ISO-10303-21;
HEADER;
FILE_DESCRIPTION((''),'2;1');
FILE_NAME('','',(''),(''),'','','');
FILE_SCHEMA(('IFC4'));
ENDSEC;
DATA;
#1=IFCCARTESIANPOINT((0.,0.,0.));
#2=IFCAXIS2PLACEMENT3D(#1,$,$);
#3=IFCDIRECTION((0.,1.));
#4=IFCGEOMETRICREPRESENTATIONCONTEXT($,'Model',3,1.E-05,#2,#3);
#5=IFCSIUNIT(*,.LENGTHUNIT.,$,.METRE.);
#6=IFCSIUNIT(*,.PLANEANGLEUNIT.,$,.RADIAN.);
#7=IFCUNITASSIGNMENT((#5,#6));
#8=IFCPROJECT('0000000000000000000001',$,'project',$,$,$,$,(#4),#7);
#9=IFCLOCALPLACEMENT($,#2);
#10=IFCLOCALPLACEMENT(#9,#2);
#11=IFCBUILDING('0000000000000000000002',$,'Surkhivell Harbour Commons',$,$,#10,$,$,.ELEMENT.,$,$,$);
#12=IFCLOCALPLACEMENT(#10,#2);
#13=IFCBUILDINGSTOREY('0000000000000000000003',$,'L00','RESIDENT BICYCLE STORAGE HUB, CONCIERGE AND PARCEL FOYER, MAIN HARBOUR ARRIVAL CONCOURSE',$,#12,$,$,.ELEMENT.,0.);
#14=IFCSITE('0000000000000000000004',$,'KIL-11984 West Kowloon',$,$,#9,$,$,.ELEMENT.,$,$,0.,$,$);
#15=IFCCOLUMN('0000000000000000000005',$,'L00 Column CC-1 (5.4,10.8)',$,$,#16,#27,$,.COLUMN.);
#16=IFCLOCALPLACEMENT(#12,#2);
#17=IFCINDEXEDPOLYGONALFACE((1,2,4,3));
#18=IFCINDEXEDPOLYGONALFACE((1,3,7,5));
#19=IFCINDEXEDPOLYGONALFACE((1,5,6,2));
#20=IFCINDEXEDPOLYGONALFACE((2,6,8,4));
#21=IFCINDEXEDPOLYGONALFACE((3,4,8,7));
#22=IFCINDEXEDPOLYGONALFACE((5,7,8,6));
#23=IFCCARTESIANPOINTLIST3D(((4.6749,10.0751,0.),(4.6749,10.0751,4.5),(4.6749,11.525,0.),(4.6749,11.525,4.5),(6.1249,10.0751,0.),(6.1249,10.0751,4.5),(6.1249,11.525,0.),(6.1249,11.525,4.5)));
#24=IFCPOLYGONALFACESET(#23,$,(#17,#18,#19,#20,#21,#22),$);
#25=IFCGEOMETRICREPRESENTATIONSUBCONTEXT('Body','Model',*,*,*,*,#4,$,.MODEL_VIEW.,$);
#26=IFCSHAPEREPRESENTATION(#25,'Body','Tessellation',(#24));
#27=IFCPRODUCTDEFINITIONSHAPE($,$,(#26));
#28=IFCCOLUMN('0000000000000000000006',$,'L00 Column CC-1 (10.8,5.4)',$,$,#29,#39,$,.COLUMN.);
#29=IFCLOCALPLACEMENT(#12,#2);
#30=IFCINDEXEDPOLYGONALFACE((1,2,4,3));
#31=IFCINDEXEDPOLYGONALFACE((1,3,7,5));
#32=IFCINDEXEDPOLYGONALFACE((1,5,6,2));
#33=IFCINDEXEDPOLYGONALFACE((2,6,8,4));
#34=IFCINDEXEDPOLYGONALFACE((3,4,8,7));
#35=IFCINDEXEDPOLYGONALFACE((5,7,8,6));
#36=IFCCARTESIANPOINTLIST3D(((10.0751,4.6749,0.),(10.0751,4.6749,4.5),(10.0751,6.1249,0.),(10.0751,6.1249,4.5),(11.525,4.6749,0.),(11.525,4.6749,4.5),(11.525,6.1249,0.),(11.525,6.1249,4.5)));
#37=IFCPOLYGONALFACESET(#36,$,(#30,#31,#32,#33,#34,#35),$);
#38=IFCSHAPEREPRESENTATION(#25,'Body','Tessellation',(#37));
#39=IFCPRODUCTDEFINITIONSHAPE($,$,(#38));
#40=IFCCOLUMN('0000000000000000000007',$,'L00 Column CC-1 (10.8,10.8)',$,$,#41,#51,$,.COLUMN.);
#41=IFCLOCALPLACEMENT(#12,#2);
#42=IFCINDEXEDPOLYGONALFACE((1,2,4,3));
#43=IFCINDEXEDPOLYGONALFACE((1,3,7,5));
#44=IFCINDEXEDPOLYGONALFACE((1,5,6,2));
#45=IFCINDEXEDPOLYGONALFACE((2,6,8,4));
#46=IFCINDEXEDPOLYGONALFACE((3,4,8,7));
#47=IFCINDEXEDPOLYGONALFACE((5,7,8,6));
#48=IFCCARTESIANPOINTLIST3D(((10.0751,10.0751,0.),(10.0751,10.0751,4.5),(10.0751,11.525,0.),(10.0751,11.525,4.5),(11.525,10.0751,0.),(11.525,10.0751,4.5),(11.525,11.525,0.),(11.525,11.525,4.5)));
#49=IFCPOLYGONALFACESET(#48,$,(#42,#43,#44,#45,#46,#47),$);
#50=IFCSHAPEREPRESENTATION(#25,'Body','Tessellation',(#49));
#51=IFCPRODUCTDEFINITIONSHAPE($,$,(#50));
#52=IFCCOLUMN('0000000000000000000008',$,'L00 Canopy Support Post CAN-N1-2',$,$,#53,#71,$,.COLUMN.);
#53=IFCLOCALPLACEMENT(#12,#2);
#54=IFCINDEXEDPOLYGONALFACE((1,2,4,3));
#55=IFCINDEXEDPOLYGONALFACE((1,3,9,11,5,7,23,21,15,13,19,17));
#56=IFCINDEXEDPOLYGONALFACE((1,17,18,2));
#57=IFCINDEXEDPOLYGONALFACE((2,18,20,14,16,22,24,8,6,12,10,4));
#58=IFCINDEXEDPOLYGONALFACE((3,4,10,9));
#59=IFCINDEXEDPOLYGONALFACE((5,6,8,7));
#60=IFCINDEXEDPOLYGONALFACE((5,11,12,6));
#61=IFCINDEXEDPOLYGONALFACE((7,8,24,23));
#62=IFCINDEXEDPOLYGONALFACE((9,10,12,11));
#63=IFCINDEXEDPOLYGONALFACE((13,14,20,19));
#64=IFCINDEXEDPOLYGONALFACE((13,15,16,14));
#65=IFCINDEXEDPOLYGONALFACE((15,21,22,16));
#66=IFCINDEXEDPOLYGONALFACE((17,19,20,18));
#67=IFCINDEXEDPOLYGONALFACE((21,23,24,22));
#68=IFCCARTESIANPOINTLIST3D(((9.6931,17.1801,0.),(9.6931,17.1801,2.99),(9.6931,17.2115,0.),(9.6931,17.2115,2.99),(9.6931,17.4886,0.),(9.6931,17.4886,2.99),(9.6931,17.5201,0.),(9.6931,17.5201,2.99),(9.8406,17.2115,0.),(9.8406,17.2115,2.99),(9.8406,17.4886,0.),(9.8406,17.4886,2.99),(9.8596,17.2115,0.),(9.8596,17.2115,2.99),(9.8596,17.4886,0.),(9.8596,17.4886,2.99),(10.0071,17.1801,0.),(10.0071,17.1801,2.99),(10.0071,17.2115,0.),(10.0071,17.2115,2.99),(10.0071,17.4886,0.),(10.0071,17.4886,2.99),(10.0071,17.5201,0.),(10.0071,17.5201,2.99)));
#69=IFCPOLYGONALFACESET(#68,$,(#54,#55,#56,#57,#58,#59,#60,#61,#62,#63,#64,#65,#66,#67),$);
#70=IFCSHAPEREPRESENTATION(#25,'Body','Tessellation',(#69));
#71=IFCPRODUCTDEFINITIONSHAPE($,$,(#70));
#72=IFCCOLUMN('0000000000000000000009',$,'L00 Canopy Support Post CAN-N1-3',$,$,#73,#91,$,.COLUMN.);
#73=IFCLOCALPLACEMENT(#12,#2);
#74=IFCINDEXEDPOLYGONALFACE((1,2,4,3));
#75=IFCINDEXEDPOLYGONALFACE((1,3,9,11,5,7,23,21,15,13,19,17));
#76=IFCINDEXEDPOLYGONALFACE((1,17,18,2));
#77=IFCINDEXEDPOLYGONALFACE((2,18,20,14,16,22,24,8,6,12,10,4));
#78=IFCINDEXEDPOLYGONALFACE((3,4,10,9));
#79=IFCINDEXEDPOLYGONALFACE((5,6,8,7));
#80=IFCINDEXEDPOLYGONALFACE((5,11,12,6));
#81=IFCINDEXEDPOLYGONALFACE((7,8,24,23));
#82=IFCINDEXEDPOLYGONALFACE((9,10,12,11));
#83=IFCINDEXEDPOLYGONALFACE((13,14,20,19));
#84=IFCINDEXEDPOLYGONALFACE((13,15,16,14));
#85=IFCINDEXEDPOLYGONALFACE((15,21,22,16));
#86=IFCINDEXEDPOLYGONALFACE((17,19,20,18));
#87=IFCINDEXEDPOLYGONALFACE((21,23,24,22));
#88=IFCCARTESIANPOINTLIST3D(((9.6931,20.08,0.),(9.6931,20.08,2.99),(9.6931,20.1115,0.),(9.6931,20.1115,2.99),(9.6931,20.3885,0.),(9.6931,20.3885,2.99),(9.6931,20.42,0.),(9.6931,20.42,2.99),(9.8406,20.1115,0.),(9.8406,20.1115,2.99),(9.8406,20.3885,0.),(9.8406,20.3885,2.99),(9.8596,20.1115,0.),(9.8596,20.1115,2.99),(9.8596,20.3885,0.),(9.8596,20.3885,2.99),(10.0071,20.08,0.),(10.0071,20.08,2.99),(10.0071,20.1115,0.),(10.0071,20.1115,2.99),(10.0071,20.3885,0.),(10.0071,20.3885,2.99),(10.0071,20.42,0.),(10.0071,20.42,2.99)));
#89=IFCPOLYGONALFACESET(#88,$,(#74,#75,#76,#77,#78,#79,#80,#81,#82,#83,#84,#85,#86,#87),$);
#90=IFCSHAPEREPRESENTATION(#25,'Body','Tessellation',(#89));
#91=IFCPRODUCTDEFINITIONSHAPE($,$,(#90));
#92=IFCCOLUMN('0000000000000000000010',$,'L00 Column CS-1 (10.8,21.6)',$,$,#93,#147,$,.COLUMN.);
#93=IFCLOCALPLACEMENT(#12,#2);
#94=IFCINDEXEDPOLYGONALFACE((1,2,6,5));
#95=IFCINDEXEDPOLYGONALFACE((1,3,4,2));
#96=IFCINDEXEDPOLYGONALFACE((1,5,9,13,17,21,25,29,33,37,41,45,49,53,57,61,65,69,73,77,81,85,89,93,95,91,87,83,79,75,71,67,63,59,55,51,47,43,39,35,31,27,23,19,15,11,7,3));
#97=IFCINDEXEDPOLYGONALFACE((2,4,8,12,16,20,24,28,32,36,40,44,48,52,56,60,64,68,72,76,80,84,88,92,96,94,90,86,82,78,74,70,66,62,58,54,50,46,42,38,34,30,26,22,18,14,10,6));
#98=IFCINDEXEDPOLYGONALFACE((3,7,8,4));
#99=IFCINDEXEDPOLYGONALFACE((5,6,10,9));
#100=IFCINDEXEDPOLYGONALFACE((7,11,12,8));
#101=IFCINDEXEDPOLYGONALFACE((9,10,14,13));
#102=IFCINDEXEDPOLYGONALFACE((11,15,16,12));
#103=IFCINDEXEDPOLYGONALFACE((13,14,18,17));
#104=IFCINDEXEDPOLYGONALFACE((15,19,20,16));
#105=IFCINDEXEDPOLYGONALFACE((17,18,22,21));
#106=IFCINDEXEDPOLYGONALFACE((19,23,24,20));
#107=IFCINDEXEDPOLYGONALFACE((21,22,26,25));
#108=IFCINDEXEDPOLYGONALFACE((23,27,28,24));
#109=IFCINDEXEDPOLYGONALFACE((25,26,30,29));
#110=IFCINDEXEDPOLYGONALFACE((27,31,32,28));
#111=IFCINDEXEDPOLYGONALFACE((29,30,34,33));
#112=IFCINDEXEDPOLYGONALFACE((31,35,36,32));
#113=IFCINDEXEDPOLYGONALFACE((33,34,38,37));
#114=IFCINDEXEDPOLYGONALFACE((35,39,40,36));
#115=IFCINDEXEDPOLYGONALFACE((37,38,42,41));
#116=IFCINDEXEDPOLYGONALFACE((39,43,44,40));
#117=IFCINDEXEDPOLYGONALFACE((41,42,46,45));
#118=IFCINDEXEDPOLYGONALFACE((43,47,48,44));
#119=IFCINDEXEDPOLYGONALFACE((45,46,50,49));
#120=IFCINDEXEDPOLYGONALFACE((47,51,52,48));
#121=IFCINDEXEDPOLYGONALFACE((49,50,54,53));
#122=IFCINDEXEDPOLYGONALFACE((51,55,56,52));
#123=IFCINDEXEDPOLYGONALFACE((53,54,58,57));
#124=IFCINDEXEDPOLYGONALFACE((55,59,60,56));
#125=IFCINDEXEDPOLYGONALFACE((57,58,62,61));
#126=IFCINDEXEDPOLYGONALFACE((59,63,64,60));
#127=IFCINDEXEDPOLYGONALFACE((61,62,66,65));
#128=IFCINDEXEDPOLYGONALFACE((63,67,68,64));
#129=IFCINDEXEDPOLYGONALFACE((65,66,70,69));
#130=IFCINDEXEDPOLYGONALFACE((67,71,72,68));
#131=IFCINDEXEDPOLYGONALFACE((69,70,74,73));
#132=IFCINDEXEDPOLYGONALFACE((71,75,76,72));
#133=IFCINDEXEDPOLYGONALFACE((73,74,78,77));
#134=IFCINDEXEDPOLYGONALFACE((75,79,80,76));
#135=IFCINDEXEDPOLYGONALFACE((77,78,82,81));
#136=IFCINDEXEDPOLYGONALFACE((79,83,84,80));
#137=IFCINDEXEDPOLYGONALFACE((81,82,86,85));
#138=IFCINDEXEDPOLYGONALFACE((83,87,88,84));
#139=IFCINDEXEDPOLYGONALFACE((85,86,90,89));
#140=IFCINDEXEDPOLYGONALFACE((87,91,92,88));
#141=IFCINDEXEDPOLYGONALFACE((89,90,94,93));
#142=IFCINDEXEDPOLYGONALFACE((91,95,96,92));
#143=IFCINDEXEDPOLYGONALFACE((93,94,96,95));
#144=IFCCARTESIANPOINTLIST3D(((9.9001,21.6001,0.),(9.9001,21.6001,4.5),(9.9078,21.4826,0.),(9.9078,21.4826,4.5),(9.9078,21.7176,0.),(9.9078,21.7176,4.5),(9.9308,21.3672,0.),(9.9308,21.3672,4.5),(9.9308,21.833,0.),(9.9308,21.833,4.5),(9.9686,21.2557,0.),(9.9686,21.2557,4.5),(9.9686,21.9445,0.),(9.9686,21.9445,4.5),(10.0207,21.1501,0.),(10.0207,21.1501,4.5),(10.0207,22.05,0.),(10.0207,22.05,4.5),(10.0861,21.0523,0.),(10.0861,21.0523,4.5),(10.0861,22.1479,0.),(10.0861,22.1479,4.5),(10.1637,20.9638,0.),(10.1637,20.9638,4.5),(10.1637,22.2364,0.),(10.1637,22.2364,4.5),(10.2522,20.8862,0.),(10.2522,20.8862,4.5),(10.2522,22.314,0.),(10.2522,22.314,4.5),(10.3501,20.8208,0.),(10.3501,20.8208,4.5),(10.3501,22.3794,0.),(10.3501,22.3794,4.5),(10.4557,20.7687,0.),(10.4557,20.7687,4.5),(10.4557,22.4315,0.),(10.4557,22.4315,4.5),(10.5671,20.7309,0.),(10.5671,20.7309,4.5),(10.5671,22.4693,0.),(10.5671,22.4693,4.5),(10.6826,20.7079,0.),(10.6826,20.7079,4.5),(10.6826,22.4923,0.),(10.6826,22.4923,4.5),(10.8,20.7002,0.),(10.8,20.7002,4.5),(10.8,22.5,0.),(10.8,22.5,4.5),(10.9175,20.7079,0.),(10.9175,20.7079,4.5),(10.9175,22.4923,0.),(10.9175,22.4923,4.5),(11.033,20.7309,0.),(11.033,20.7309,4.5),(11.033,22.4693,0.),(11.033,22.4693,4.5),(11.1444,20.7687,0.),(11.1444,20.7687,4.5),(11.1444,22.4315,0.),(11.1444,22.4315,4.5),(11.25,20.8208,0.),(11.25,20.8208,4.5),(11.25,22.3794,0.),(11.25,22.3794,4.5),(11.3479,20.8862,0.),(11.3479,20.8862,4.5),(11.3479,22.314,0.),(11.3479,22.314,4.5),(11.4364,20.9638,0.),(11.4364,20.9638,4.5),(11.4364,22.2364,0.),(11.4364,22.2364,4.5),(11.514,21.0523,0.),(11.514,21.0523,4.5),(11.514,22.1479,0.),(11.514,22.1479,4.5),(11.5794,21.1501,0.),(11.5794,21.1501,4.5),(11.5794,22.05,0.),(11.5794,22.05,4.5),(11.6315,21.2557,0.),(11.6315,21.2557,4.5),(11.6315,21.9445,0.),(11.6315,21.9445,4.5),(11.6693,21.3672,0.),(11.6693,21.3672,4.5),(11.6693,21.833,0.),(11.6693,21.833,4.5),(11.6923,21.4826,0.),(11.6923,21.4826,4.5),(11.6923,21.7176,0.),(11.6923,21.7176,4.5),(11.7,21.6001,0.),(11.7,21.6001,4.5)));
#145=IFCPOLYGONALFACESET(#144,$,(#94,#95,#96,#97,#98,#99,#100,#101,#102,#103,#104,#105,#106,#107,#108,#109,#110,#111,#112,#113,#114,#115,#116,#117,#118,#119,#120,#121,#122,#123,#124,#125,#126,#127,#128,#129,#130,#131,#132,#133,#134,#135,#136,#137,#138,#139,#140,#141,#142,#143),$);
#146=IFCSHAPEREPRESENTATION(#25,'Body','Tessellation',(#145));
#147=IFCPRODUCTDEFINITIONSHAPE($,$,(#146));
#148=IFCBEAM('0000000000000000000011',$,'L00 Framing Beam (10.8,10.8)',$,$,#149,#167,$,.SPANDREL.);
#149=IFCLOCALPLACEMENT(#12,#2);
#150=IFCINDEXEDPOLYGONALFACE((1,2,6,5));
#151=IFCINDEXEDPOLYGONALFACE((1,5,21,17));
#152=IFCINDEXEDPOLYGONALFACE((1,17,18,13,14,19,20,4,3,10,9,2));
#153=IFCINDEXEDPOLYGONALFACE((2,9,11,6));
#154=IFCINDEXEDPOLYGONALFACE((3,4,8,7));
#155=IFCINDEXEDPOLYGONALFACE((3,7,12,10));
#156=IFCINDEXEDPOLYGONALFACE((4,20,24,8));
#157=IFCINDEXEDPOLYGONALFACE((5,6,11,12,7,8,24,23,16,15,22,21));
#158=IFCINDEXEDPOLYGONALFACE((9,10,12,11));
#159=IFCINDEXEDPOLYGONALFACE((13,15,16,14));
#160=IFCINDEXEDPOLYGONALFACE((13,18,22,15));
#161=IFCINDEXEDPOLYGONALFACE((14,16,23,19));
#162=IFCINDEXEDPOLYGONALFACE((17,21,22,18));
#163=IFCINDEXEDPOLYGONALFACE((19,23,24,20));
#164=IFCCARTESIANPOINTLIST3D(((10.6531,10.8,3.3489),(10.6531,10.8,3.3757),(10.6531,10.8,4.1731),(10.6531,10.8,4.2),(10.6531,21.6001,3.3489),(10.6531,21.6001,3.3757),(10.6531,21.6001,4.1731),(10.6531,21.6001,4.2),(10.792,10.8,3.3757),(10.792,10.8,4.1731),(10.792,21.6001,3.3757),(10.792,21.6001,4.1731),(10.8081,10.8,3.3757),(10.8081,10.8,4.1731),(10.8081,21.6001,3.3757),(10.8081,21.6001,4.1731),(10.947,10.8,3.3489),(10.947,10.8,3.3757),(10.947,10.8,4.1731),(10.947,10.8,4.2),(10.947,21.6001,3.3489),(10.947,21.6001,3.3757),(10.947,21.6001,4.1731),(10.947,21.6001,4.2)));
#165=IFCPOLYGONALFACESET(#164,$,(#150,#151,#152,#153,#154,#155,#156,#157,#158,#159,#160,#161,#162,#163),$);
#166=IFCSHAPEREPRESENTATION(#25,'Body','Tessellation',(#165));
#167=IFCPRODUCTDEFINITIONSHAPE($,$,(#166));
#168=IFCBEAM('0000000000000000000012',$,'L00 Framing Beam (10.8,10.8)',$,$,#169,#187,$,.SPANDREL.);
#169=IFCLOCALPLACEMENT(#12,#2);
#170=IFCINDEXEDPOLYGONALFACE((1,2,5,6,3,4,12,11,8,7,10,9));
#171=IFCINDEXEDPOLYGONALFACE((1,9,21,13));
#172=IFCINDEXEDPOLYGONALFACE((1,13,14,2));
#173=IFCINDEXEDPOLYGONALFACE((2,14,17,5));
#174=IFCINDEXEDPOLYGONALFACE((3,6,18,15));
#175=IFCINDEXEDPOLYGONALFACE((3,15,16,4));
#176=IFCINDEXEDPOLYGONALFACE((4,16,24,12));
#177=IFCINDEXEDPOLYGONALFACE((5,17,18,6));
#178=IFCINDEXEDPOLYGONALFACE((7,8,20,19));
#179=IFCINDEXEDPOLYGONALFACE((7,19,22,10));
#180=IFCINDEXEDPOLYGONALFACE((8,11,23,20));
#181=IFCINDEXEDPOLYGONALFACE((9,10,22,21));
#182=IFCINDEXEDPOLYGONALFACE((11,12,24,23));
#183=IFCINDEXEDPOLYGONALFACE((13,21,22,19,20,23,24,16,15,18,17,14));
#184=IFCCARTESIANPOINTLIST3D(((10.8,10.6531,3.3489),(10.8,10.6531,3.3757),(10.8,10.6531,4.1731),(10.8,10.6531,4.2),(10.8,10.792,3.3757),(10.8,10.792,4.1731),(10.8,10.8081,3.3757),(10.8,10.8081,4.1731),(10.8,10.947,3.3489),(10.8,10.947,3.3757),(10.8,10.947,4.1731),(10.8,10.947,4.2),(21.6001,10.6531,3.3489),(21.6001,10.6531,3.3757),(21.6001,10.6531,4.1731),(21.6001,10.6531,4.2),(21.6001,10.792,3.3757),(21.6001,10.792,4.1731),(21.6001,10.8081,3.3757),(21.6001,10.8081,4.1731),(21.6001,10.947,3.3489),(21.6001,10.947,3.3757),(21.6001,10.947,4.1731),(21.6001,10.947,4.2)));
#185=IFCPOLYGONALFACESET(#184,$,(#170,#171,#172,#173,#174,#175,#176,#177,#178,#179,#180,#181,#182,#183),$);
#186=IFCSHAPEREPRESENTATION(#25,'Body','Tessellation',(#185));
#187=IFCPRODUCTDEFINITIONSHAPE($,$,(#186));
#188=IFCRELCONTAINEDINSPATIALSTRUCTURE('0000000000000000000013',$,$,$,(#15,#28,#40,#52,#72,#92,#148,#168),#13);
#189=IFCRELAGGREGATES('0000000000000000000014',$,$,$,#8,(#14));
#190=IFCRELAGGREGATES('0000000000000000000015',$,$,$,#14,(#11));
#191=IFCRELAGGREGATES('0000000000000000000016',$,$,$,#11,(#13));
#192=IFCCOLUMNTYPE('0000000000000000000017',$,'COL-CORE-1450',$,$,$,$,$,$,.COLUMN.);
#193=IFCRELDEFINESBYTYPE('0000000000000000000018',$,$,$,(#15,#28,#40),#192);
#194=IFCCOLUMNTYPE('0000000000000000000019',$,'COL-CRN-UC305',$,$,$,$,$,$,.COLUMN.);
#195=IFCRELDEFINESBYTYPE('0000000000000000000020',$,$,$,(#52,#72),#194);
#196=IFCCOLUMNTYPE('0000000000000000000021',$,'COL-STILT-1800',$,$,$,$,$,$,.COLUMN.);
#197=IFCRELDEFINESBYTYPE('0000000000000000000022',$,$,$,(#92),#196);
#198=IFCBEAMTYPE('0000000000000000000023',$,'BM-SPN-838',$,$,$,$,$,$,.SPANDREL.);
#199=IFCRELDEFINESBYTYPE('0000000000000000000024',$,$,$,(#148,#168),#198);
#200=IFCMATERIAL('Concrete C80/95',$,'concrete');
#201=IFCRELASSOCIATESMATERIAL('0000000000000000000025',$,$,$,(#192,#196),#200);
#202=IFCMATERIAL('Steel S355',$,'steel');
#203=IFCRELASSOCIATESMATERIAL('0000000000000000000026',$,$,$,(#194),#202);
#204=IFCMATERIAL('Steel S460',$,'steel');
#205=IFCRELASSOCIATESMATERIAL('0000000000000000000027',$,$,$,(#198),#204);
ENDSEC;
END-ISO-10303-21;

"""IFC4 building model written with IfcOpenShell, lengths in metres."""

from ifc_helpers import new_model, si_unit, direction, frame, origin, origin_2d, place, context, subcontext, project, spatial, rectangle, circle, i_section, extrude, material, material_profile, profile_set, type_object, element, save


model = new_model("IFC4")

# Units and contexts
model_context = context("Model", 3, precision=1e-05, world=origin(), true_north=direction((0.0, 1.0)))
body_context = subcontext(model_context, "Body", "Model", "MODEL_VIEW")
ifc_project = project(units=[si_unit("LENGTHUNIT", "METRE"), si_unit("PLANEANGLEUNIT", "RADIAN")], contexts=[model_context])

# Site, building, storey
site_placement = place(None, origin())
site = spatial("IfcSite", under=ifc_project, at=site_placement, Name="KIL-11984 West Kowloon", CompositionType="ELEMENT", RefElevation=0.0)
building_placement = place(site_placement, origin())
building = spatial("IfcBuilding", under=site, at=building_placement, Name="Surkhivell Harbour Commons", CompositionType="ELEMENT")
storey_placement = place(building_placement, origin())
storey = spatial("IfcBuildingStorey", under=building, at=storey_placement, Name="L00", Description="RESIDENT BICYCLE STORAGE HUB, CONCIERGE AND PARCEL FOYER, MAIN HARBOUR ARRIVAL CONCOURSE", CompositionType="ELEMENT", Elevation=0.0)

# Columns
ifc_material_1 = material(Name="Concrete C80/95", Category="concrete")
ifc_material_profile_1 = material_profile(ifc_material_1, rectangle(XDim=1.45, YDim=1.45, at=origin_2d()), Name="RC-COL-1450x1450")
ifc_profile_set_1 = profile_set([ifc_material_profile_1], Name="Concrete C80/95")
column_type_1 = type_object("IfcColumnType", Name="COL-CORE-1450", PredefinedType="COLUMN", material=ifc_profile_set_1)
for number, where, z_axis, x_axis, name in (
    (1, (5.3999, 10.8, 0.0), (0.0, 0.0, 1.0), (1.0, 0.0, 0.0), "L00 Column CC-1 (5.4,10.8)"),
    (2, (10.8, 5.3999, 0.0), (0.0, 0.0, 1.0), (1.0, 0.0, 0.0), "L00 Column CC-1 (10.8,5.4)"),
    (3, (10.8, 10.8, 0.0), (0.0, 0.0, 1.0), (1.0, 0.0, 0.0), "L00 Column CC-1 (10.8,10.8)"),
):
    element("IfcColumn", number, at=place(storey_placement, frame(where, z_axis=z_axis, x_axis=x_axis)), inside=storey, type_object=column_type_1, Name=name, PredefinedType="COLUMN", context=body_context, shape_type="SweptSolid", body=[
        extrude(rectangle(XDim=1.45, YDim=1.45, at=origin_2d()), origin(), (0.0, 0.0, 1.0), 4.5),
    ])
ifc_material_2 = material(Name="Steel S355", Category="steel")
ifc_material_profile_2 = material_profile(ifc_material_2, i_section(OverallWidth=0.314, OverallDepth=0.3401, WebThickness=0.019, FlangeThickness=0.0315, at=origin_2d()), Name="UC305x305x198")
ifc_profile_set_2 = profile_set([ifc_material_profile_2], Name="Steel S355")
column_type_2 = type_object("IfcColumnType", Name="COL-CRN-UC305", PredefinedType="COLUMN", material=ifc_profile_set_2)
for number, where, z_axis, x_axis, name in (
    (4, (9.8501, 17.3501, 0.0), (0.0, 0.0, 1.0), (1.0, 0.0, 0.0), "L00 Canopy Support Post CAN-N1-2"),
    (5, (9.8501, 20.25, 0.0), (0.0, 0.0, 1.0), (1.0, 0.0, 0.0), "L00 Canopy Support Post CAN-N1-3"),
):
    element("IfcColumn", number, at=place(storey_placement, frame(where, z_axis=z_axis, x_axis=x_axis)), inside=storey, type_object=column_type_2, Name=name, PredefinedType="COLUMN", context=body_context, shape_type="SweptSolid", body=[
        extrude(i_section(OverallWidth=0.314, OverallDepth=0.3401, WebThickness=0.019, FlangeThickness=0.0315, at=origin_2d()), origin(), (0.0, 0.0, 1.0), 2.99),
    ])
ifc_material_profile_3 = material_profile(ifc_material_1, circle(Radius=0.8999, at=origin_2d()), Name="RC-CIRC-1800")
ifc_profile_set_3 = profile_set([ifc_material_profile_3], Name="Concrete C80/95")
column_type_3 = type_object("IfcColumnType", Name="COL-STILT-1800", PredefinedType="COLUMN", material=ifc_profile_set_3)
column_placement = place(storey_placement, frame((10.8, 21.6001, 0.0), z_axis=(0.0, 0.0, 1.0), x_axis=(1.0, 0.0, 0.0)))
element("IfcColumn", 6, at=column_placement, inside=storey, type_object=column_type_3, Name="L00 Column CS-1 (10.8,21.6)", PredefinedType="COLUMN", context=body_context, shape_type="SweptSolid", body=[
    extrude(circle(Radius=0.8999, at=origin_2d()), origin(), (0.0, 0.0, 1.0), 4.5),
])

# Beams
ifc_material_3 = material(Name="Steel S460", Category="steel")
ifc_material_profile_4 = material_profile(ifc_material_3, i_section(OverallWidth=0.2939, OverallDepth=0.8511, WebThickness=0.0161, FlangeThickness=0.0269, at=origin_2d()), Name="UB838x292x226")
ifc_profile_set_4 = profile_set([ifc_material_profile_4], Name="Steel S460")
beam_type = type_object("IfcBeamType", Name="BM-SPN-838", PredefinedType="SPANDREL", material=ifc_profile_set_4)
for number, where, z_axis, x_axis, name in (
    (7, (10.8, 10.8, 3.7744), (0.0, 1.0, 0.0), (-1.0, 0.0, 0.0), "L00 Framing Beam (10.8,10.8)"),
    (8, (10.8, 10.8, 3.7744), (1.0, 0.0, 0.0), (0.0, 1.0, 0.0), "L00 Framing Beam (10.8,10.8)"),
):
    element("IfcBeam", number, at=place(storey_placement, frame(where, z_axis=z_axis, x_axis=x_axis)), inside=storey, type_object=beam_type, Name=name, PredefinedType="SPANDREL", context=body_context, shape_type="SweptSolid", body=[
        extrude(i_section(OverallWidth=0.2939, OverallDepth=0.8511, WebThickness=0.0161, FlangeThickness=0.0269, at=origin_2d()), origin(), (0.0, 0.0, 1.0), 10.8),
    ])

save(model, "model.ifc")
